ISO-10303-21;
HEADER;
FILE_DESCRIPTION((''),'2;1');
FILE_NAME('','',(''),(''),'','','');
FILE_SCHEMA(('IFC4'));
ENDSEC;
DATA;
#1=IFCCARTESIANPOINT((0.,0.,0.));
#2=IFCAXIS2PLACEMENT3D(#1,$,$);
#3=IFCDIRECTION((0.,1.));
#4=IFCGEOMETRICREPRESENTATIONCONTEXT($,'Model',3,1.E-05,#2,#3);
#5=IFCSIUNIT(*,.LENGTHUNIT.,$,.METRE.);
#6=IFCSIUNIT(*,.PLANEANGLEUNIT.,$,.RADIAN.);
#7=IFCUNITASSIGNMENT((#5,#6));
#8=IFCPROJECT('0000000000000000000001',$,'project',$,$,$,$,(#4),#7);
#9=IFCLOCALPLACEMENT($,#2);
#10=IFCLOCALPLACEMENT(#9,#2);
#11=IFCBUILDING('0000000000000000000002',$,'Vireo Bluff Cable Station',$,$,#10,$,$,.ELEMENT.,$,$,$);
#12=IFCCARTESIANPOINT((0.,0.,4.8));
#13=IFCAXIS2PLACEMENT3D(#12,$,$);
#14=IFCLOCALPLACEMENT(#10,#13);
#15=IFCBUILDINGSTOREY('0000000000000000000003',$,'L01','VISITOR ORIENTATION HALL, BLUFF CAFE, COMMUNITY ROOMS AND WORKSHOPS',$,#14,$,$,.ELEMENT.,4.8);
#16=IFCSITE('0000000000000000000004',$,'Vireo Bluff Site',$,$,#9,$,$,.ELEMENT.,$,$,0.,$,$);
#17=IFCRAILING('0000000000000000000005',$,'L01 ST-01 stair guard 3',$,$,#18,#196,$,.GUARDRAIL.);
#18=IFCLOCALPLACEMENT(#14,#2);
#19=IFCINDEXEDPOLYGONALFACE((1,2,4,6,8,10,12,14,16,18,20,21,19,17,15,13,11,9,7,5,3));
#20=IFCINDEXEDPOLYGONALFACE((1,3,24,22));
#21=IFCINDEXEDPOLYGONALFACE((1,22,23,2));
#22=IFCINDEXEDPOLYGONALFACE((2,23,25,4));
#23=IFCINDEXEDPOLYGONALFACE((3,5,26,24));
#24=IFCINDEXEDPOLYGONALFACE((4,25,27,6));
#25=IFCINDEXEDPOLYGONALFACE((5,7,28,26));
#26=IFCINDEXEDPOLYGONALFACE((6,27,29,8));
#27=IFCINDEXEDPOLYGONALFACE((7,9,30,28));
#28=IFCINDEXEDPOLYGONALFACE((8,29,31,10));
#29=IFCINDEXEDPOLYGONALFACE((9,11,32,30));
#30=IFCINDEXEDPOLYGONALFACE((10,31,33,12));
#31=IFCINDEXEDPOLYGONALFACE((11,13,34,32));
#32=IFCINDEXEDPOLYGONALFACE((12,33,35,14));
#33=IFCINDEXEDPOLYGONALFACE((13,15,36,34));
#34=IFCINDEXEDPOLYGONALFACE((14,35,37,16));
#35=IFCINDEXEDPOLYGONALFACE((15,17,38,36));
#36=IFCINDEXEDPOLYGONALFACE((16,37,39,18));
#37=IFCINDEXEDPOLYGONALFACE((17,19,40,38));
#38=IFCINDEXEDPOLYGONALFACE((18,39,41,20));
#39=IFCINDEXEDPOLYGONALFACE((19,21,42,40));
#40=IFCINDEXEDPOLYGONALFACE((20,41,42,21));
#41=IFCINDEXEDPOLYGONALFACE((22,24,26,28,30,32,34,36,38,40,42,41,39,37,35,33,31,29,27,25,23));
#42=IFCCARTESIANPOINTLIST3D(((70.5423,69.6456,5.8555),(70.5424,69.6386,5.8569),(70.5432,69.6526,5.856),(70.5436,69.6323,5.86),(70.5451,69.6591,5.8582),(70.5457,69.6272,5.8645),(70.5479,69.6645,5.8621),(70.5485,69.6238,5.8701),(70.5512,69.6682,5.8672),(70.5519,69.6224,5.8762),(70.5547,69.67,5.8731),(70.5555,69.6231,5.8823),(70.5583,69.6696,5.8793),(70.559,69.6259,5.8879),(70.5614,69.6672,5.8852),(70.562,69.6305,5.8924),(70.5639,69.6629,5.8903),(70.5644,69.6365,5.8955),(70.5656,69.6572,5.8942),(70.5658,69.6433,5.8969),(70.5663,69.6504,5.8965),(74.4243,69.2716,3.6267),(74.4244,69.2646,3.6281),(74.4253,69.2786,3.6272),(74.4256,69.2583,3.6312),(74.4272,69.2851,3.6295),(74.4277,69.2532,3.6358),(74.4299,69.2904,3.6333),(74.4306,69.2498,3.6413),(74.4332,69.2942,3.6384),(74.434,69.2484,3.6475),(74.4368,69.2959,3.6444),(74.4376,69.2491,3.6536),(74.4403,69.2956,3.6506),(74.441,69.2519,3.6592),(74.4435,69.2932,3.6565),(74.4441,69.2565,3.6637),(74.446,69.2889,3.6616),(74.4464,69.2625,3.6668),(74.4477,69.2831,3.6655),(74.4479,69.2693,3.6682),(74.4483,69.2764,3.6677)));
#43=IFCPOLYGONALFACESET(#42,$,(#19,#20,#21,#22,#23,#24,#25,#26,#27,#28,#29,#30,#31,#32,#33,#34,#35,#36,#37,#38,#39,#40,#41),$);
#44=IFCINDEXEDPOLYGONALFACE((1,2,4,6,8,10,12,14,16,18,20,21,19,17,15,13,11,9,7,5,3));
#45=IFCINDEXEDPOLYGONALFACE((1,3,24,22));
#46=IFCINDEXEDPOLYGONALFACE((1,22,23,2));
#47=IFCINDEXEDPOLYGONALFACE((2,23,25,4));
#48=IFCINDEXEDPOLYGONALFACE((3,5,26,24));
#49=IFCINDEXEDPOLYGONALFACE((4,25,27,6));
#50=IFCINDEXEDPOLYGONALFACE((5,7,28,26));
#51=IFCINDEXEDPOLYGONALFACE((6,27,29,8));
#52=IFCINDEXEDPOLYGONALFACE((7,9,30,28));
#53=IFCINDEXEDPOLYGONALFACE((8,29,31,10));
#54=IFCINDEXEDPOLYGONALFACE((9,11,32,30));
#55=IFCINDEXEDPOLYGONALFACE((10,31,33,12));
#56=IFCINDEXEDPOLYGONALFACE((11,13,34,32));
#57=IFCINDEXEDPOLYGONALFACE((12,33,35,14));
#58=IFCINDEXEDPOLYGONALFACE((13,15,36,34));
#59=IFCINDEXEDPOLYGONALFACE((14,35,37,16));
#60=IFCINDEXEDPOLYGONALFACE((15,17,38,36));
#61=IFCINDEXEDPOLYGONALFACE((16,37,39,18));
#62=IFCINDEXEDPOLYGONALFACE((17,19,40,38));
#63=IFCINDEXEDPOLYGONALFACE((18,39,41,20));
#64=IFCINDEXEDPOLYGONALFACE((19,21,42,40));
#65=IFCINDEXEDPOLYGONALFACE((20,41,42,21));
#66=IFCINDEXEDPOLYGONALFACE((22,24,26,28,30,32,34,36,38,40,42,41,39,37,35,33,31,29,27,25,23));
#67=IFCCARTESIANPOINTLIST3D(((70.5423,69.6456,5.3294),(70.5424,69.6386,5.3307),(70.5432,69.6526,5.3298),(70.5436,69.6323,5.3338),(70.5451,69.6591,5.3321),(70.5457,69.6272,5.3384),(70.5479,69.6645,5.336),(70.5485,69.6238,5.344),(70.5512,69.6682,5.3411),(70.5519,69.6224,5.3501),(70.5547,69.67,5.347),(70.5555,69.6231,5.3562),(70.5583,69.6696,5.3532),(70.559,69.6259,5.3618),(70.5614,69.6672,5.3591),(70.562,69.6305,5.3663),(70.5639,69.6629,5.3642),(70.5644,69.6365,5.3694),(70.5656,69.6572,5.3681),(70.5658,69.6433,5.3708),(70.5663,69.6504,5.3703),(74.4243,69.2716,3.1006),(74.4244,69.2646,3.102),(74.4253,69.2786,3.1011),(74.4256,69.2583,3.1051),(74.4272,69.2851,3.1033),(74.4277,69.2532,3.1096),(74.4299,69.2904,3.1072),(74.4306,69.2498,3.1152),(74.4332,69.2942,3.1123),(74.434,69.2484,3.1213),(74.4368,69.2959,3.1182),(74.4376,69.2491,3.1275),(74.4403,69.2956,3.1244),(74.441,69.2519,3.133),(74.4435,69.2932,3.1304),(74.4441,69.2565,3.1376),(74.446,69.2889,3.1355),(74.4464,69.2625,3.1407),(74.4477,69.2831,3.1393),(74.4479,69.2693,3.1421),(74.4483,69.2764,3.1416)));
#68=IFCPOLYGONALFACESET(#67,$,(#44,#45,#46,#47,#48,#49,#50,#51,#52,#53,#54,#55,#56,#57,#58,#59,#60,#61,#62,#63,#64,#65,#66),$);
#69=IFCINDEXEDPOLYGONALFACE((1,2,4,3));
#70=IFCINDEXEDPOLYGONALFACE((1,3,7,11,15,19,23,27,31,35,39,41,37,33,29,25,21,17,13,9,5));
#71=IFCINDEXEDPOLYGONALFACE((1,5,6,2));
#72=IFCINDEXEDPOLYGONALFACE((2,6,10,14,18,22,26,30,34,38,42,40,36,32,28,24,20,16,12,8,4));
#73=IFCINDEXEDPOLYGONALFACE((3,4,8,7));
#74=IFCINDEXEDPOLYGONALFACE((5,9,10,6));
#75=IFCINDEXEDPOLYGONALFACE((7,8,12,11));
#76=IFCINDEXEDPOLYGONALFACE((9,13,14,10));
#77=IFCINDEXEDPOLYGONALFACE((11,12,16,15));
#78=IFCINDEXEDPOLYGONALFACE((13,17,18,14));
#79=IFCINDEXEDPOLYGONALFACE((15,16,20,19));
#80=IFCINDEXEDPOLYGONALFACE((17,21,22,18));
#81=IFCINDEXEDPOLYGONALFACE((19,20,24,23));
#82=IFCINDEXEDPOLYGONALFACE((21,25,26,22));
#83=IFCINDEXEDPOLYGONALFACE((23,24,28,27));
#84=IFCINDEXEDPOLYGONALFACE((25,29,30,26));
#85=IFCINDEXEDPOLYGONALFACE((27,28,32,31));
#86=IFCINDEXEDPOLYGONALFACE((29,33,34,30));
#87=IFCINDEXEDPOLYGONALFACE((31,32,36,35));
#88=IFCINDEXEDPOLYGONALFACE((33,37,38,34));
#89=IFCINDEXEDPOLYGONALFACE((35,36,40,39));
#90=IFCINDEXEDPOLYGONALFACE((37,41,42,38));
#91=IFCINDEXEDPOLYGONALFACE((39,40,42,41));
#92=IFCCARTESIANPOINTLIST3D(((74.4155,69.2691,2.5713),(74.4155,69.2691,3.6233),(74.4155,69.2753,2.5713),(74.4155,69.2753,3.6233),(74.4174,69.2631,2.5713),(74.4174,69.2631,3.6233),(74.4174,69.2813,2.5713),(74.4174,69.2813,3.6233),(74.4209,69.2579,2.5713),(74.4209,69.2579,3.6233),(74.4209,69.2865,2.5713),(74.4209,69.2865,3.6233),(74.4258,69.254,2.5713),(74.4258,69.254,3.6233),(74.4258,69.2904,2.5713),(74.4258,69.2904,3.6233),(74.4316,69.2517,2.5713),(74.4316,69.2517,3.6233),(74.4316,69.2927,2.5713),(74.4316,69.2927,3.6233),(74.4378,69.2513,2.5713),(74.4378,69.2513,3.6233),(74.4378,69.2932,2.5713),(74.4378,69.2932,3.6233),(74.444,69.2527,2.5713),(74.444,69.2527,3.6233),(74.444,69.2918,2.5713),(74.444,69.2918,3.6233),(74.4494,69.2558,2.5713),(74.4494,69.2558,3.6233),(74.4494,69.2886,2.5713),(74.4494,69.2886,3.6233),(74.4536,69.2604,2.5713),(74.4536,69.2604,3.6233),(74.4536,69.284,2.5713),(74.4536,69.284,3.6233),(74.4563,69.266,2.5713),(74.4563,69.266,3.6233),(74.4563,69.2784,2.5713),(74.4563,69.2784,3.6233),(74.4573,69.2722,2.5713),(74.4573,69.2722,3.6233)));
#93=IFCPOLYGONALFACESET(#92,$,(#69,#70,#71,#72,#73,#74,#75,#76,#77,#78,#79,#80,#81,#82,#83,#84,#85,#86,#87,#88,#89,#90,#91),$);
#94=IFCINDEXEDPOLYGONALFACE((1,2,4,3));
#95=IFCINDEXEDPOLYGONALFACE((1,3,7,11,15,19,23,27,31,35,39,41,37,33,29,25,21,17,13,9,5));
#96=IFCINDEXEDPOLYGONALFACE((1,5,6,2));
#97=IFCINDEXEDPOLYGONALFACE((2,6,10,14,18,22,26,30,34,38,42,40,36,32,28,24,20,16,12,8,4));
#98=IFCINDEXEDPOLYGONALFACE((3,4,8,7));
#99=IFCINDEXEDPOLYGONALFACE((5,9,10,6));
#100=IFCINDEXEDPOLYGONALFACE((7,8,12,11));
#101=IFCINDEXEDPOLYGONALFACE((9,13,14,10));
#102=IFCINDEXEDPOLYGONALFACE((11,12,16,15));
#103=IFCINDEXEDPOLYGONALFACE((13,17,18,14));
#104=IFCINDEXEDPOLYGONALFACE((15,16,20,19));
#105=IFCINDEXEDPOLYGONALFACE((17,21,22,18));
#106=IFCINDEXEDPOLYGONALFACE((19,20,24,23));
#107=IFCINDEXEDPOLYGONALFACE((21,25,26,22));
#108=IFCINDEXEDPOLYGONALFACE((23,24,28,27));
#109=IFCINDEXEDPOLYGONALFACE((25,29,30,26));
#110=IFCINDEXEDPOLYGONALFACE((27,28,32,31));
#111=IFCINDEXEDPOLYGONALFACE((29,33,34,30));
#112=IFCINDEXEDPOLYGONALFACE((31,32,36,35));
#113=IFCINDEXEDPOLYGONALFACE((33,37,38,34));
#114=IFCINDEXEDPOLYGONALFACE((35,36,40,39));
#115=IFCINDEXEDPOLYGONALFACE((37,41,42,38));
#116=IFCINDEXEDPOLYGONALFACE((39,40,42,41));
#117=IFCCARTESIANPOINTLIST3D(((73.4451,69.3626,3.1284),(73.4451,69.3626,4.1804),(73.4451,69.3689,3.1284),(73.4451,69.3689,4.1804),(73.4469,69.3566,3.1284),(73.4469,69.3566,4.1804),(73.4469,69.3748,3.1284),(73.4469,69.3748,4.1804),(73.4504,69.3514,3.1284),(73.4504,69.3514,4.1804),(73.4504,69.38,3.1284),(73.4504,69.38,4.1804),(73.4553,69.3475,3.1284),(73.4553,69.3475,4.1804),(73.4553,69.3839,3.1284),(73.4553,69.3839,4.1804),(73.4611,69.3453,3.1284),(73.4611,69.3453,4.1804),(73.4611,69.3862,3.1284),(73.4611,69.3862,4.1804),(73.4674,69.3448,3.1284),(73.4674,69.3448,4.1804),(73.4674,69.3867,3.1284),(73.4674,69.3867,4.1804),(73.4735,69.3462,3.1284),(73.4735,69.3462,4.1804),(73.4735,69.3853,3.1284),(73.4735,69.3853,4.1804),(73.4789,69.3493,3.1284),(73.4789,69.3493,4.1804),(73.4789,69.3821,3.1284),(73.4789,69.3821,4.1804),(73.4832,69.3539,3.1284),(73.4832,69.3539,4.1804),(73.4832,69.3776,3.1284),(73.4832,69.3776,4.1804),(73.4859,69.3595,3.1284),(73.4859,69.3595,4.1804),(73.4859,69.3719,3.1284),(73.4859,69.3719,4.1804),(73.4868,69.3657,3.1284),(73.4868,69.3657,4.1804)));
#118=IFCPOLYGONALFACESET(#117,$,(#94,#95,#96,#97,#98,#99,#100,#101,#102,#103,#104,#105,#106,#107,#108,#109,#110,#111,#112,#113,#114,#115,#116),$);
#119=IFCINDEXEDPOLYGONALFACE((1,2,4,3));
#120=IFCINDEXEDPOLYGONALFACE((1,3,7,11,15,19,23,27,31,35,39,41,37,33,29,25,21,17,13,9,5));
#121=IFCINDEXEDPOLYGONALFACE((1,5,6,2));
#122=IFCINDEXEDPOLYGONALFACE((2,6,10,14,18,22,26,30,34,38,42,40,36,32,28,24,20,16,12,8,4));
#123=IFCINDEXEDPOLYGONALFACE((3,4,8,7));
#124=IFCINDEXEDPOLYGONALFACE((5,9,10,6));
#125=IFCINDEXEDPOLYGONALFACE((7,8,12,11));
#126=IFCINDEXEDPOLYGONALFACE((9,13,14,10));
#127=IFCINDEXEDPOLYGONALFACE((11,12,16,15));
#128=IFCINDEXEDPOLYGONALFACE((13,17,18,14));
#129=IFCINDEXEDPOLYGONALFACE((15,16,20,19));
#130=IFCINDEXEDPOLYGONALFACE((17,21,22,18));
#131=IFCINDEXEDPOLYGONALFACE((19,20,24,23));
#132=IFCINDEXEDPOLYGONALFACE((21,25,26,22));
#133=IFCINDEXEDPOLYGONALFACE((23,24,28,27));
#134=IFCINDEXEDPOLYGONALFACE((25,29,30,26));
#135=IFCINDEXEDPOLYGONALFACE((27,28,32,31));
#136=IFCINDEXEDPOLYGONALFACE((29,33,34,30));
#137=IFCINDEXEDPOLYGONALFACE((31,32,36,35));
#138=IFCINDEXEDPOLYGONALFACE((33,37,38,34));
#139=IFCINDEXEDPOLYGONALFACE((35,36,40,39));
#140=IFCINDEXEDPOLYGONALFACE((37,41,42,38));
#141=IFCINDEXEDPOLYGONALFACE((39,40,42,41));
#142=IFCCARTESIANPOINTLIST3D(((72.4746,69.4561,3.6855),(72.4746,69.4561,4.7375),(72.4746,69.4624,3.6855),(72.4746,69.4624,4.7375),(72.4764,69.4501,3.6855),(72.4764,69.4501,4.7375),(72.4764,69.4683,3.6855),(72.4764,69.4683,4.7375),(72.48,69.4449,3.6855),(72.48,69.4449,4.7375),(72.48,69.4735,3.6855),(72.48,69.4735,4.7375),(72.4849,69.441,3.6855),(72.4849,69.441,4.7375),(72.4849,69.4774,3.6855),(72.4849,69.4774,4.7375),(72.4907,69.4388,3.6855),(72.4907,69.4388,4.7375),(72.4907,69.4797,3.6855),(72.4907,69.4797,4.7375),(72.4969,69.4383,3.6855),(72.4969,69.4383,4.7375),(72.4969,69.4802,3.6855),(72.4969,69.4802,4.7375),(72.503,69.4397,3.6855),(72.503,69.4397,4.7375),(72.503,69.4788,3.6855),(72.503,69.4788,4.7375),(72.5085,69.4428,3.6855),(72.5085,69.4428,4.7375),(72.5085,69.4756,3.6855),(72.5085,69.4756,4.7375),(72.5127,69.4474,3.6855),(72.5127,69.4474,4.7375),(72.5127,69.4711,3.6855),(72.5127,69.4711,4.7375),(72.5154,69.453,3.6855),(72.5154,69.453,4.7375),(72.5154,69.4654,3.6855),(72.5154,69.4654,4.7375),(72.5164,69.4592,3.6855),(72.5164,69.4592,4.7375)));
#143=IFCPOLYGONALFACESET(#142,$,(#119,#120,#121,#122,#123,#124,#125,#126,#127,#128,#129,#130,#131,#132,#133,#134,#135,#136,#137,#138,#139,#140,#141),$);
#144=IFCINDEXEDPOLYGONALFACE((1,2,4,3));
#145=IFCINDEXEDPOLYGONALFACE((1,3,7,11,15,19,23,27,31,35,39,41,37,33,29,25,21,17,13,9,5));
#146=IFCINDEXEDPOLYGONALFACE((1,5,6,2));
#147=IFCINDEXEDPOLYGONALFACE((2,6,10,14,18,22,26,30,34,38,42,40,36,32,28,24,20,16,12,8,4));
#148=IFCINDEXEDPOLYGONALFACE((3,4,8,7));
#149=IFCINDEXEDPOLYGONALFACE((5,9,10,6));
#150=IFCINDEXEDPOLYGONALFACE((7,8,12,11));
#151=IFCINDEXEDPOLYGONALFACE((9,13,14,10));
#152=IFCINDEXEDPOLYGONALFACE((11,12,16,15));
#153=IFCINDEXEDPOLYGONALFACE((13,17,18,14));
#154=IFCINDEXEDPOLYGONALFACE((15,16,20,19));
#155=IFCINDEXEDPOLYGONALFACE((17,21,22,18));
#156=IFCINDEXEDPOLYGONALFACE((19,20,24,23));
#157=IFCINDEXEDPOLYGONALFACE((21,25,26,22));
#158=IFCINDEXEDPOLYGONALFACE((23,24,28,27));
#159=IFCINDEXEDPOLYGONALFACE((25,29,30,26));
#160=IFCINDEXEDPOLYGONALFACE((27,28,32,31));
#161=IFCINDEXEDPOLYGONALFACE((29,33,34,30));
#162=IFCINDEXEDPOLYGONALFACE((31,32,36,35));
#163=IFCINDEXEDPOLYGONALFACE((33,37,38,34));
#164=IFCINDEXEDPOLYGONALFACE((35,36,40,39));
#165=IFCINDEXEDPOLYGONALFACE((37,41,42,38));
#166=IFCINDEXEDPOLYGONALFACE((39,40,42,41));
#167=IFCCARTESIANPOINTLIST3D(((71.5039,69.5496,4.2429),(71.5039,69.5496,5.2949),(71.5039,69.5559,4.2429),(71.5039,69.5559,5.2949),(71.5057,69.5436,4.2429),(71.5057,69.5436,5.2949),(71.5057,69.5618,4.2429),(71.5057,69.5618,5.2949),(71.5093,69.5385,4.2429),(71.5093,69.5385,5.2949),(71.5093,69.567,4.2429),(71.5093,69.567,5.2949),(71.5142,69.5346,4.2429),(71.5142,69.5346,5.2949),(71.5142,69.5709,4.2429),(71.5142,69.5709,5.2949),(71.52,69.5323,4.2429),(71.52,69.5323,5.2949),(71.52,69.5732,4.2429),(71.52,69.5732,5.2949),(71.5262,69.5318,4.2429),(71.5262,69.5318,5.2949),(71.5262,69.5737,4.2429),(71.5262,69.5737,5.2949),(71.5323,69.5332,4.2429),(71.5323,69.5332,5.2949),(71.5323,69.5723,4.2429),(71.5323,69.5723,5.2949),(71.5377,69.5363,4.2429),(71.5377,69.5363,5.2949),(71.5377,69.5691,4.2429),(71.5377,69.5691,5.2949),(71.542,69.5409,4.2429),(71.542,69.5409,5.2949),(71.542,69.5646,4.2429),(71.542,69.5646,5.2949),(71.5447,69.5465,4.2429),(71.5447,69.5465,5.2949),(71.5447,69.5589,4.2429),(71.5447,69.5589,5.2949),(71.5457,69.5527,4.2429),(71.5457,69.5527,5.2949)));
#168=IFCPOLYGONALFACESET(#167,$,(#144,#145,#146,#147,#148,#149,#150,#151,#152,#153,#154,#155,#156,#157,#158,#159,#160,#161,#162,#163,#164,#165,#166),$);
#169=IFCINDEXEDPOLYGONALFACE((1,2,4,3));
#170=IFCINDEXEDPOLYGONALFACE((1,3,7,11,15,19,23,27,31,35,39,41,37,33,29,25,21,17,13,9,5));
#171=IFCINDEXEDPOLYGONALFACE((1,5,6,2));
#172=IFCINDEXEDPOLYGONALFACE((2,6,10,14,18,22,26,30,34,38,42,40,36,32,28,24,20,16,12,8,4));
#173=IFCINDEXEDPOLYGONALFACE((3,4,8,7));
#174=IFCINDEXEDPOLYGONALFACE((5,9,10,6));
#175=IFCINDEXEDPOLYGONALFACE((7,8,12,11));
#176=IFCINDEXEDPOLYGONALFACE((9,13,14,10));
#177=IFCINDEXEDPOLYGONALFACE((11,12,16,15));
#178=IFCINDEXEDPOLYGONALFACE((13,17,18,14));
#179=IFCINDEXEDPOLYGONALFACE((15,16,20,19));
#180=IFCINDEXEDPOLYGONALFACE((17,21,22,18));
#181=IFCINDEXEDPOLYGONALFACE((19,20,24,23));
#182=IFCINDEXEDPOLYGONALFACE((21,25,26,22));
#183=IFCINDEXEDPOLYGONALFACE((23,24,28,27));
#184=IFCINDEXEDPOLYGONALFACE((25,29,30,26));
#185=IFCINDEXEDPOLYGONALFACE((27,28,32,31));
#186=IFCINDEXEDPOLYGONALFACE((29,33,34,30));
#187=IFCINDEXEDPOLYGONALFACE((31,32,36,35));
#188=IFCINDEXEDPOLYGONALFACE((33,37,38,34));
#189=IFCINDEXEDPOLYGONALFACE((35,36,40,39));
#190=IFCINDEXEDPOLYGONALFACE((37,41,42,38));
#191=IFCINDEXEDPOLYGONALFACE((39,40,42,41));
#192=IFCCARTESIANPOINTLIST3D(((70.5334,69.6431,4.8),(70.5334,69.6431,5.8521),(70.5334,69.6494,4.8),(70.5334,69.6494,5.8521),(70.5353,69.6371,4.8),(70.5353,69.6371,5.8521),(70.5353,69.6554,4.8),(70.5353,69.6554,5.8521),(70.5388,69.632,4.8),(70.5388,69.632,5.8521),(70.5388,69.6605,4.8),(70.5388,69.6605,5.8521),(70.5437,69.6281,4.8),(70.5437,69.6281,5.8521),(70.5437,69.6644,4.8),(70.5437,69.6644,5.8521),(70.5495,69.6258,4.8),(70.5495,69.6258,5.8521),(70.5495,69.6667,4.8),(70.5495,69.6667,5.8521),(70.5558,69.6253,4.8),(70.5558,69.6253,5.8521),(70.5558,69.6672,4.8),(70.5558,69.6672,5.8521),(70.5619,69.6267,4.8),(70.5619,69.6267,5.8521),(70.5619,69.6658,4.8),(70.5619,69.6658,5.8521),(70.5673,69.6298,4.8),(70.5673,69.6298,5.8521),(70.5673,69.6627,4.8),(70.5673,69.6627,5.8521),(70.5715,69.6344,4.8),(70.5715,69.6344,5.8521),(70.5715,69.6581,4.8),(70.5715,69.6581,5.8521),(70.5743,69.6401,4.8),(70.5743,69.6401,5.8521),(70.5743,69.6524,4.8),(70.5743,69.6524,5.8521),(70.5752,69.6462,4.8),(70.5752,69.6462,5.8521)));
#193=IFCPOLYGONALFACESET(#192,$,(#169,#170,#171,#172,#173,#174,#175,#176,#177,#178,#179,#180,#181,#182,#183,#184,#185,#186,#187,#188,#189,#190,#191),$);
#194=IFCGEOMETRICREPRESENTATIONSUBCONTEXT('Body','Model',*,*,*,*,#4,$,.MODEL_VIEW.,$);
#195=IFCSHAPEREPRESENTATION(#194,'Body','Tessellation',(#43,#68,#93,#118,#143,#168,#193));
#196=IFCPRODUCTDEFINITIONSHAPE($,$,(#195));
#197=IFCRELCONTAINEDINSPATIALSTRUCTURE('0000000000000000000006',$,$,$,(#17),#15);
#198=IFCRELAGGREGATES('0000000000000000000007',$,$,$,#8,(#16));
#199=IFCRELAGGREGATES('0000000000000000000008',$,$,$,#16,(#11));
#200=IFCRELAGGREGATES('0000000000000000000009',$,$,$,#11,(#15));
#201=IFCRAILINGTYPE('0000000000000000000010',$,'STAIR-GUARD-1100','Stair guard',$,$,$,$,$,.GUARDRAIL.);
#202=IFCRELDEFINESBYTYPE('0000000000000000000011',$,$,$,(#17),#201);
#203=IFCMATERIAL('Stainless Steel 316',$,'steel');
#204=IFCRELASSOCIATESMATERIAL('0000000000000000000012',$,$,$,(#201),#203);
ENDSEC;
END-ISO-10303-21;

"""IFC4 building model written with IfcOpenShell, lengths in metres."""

from ifc_helpers import new_model, si_unit, direction, frame, origin, origin_2d, place, context, subcontext, project, spatial, circle, extrude, material, type_object, element, save


model = new_model("IFC4")

# Units and contexts
model_context = context("Model", 3, precision=1e-05, world=origin(), true_north=direction((0.0, 1.0)))
body_context = subcontext(model_context, "Body", "Model", "MODEL_VIEW")
ifc_project = project(units=[si_unit("LENGTHUNIT", "METRE"), si_unit("PLANEANGLEUNIT", "RADIAN")], contexts=[model_context])

# Site, building, storey
site_placement = place(None, origin())
site = spatial("IfcSite", under=ifc_project, at=site_placement, Name="Vireo Bluff Site", CompositionType="ELEMENT", RefElevation=0.0)
building_placement = place(site_placement, origin())
building = spatial("IfcBuilding", under=site, at=building_placement, Name="Vireo Bluff Cable Station", CompositionType="ELEMENT")
storey_placement = place(building_placement, frame((0.0, 0.0, 4.8)))
storey = spatial("IfcBuildingStorey", under=building, at=storey_placement, Name="L01", Description="VISITOR ORIENTATION HALL, BLUFF CAFE, COMMUNITY ROOMS AND WORKSHOPS", CompositionType="ELEMENT", Elevation=4.8)

# Shared definitions
ifc_material_1 = material(Name="Stainless Steel 316", Category="steel")

# Railing
railing_type_1 = type_object("IfcRailingType", Name="STAIR-GUARD-1100", Description="Stair guard", PredefinedType="GUARDRAIL", material=ifc_material_1)
railing_1_placement = place(storey_placement, frame((74.4363, 69.2722, 2.5713)))
element("IfcRailing", 1, at=railing_1_placement, inside=storey, type_object=railing_type_1, Name="L01 ST-01 stair guard 3", PredefinedType="GUARDRAIL", context=body_context, shape_type="SweptSolid", body=[
    extrude(circle(Radius=0.0239, at=origin_2d()), frame((0.0, 0.0, 1.0762), z_axis=(-0.864226, 0.083265, 0.496165), x_axis=(-0.095902, -0.995391, 0.0)), (0.0, 0.0, 1.0), 4.4919),
    extrude(circle(Radius=0.0239, at=origin_2d()), frame((0.0, 0.0, 0.55), z_axis=(-0.864226, 0.083265, 0.496165), x_axis=(-0.095902, -0.995391, 0.0)), (0.0, 0.0, 1.0), 4.4919),
    extrude(circle(Radius=0.021, at=origin_2d()), origin(), (0.0, 0.0, 1.0), 1.052),
    extrude(circle(Radius=0.021, at=origin_2d()), frame((-0.9705, 0.0935, 0.5571)), (0.0, 0.0, 1.0), 1.052),
    extrude(circle(Radius=0.021, at=origin_2d()), frame((-1.9409, 0.187, 1.1143)), (0.0, 0.0, 1.0), 1.052),
    extrude(circle(Radius=0.021, at=origin_2d()), frame((-2.9116, 0.2805, 1.6716)), (0.0, 0.0, 1.0), 1.052),
    extrude(circle(Radius=0.021, at=origin_2d()), frame((-3.8821, 0.374, 2.2288)), (0.0, 0.0, 1.0), 1.052),
])

save(model, "model.ifc")
